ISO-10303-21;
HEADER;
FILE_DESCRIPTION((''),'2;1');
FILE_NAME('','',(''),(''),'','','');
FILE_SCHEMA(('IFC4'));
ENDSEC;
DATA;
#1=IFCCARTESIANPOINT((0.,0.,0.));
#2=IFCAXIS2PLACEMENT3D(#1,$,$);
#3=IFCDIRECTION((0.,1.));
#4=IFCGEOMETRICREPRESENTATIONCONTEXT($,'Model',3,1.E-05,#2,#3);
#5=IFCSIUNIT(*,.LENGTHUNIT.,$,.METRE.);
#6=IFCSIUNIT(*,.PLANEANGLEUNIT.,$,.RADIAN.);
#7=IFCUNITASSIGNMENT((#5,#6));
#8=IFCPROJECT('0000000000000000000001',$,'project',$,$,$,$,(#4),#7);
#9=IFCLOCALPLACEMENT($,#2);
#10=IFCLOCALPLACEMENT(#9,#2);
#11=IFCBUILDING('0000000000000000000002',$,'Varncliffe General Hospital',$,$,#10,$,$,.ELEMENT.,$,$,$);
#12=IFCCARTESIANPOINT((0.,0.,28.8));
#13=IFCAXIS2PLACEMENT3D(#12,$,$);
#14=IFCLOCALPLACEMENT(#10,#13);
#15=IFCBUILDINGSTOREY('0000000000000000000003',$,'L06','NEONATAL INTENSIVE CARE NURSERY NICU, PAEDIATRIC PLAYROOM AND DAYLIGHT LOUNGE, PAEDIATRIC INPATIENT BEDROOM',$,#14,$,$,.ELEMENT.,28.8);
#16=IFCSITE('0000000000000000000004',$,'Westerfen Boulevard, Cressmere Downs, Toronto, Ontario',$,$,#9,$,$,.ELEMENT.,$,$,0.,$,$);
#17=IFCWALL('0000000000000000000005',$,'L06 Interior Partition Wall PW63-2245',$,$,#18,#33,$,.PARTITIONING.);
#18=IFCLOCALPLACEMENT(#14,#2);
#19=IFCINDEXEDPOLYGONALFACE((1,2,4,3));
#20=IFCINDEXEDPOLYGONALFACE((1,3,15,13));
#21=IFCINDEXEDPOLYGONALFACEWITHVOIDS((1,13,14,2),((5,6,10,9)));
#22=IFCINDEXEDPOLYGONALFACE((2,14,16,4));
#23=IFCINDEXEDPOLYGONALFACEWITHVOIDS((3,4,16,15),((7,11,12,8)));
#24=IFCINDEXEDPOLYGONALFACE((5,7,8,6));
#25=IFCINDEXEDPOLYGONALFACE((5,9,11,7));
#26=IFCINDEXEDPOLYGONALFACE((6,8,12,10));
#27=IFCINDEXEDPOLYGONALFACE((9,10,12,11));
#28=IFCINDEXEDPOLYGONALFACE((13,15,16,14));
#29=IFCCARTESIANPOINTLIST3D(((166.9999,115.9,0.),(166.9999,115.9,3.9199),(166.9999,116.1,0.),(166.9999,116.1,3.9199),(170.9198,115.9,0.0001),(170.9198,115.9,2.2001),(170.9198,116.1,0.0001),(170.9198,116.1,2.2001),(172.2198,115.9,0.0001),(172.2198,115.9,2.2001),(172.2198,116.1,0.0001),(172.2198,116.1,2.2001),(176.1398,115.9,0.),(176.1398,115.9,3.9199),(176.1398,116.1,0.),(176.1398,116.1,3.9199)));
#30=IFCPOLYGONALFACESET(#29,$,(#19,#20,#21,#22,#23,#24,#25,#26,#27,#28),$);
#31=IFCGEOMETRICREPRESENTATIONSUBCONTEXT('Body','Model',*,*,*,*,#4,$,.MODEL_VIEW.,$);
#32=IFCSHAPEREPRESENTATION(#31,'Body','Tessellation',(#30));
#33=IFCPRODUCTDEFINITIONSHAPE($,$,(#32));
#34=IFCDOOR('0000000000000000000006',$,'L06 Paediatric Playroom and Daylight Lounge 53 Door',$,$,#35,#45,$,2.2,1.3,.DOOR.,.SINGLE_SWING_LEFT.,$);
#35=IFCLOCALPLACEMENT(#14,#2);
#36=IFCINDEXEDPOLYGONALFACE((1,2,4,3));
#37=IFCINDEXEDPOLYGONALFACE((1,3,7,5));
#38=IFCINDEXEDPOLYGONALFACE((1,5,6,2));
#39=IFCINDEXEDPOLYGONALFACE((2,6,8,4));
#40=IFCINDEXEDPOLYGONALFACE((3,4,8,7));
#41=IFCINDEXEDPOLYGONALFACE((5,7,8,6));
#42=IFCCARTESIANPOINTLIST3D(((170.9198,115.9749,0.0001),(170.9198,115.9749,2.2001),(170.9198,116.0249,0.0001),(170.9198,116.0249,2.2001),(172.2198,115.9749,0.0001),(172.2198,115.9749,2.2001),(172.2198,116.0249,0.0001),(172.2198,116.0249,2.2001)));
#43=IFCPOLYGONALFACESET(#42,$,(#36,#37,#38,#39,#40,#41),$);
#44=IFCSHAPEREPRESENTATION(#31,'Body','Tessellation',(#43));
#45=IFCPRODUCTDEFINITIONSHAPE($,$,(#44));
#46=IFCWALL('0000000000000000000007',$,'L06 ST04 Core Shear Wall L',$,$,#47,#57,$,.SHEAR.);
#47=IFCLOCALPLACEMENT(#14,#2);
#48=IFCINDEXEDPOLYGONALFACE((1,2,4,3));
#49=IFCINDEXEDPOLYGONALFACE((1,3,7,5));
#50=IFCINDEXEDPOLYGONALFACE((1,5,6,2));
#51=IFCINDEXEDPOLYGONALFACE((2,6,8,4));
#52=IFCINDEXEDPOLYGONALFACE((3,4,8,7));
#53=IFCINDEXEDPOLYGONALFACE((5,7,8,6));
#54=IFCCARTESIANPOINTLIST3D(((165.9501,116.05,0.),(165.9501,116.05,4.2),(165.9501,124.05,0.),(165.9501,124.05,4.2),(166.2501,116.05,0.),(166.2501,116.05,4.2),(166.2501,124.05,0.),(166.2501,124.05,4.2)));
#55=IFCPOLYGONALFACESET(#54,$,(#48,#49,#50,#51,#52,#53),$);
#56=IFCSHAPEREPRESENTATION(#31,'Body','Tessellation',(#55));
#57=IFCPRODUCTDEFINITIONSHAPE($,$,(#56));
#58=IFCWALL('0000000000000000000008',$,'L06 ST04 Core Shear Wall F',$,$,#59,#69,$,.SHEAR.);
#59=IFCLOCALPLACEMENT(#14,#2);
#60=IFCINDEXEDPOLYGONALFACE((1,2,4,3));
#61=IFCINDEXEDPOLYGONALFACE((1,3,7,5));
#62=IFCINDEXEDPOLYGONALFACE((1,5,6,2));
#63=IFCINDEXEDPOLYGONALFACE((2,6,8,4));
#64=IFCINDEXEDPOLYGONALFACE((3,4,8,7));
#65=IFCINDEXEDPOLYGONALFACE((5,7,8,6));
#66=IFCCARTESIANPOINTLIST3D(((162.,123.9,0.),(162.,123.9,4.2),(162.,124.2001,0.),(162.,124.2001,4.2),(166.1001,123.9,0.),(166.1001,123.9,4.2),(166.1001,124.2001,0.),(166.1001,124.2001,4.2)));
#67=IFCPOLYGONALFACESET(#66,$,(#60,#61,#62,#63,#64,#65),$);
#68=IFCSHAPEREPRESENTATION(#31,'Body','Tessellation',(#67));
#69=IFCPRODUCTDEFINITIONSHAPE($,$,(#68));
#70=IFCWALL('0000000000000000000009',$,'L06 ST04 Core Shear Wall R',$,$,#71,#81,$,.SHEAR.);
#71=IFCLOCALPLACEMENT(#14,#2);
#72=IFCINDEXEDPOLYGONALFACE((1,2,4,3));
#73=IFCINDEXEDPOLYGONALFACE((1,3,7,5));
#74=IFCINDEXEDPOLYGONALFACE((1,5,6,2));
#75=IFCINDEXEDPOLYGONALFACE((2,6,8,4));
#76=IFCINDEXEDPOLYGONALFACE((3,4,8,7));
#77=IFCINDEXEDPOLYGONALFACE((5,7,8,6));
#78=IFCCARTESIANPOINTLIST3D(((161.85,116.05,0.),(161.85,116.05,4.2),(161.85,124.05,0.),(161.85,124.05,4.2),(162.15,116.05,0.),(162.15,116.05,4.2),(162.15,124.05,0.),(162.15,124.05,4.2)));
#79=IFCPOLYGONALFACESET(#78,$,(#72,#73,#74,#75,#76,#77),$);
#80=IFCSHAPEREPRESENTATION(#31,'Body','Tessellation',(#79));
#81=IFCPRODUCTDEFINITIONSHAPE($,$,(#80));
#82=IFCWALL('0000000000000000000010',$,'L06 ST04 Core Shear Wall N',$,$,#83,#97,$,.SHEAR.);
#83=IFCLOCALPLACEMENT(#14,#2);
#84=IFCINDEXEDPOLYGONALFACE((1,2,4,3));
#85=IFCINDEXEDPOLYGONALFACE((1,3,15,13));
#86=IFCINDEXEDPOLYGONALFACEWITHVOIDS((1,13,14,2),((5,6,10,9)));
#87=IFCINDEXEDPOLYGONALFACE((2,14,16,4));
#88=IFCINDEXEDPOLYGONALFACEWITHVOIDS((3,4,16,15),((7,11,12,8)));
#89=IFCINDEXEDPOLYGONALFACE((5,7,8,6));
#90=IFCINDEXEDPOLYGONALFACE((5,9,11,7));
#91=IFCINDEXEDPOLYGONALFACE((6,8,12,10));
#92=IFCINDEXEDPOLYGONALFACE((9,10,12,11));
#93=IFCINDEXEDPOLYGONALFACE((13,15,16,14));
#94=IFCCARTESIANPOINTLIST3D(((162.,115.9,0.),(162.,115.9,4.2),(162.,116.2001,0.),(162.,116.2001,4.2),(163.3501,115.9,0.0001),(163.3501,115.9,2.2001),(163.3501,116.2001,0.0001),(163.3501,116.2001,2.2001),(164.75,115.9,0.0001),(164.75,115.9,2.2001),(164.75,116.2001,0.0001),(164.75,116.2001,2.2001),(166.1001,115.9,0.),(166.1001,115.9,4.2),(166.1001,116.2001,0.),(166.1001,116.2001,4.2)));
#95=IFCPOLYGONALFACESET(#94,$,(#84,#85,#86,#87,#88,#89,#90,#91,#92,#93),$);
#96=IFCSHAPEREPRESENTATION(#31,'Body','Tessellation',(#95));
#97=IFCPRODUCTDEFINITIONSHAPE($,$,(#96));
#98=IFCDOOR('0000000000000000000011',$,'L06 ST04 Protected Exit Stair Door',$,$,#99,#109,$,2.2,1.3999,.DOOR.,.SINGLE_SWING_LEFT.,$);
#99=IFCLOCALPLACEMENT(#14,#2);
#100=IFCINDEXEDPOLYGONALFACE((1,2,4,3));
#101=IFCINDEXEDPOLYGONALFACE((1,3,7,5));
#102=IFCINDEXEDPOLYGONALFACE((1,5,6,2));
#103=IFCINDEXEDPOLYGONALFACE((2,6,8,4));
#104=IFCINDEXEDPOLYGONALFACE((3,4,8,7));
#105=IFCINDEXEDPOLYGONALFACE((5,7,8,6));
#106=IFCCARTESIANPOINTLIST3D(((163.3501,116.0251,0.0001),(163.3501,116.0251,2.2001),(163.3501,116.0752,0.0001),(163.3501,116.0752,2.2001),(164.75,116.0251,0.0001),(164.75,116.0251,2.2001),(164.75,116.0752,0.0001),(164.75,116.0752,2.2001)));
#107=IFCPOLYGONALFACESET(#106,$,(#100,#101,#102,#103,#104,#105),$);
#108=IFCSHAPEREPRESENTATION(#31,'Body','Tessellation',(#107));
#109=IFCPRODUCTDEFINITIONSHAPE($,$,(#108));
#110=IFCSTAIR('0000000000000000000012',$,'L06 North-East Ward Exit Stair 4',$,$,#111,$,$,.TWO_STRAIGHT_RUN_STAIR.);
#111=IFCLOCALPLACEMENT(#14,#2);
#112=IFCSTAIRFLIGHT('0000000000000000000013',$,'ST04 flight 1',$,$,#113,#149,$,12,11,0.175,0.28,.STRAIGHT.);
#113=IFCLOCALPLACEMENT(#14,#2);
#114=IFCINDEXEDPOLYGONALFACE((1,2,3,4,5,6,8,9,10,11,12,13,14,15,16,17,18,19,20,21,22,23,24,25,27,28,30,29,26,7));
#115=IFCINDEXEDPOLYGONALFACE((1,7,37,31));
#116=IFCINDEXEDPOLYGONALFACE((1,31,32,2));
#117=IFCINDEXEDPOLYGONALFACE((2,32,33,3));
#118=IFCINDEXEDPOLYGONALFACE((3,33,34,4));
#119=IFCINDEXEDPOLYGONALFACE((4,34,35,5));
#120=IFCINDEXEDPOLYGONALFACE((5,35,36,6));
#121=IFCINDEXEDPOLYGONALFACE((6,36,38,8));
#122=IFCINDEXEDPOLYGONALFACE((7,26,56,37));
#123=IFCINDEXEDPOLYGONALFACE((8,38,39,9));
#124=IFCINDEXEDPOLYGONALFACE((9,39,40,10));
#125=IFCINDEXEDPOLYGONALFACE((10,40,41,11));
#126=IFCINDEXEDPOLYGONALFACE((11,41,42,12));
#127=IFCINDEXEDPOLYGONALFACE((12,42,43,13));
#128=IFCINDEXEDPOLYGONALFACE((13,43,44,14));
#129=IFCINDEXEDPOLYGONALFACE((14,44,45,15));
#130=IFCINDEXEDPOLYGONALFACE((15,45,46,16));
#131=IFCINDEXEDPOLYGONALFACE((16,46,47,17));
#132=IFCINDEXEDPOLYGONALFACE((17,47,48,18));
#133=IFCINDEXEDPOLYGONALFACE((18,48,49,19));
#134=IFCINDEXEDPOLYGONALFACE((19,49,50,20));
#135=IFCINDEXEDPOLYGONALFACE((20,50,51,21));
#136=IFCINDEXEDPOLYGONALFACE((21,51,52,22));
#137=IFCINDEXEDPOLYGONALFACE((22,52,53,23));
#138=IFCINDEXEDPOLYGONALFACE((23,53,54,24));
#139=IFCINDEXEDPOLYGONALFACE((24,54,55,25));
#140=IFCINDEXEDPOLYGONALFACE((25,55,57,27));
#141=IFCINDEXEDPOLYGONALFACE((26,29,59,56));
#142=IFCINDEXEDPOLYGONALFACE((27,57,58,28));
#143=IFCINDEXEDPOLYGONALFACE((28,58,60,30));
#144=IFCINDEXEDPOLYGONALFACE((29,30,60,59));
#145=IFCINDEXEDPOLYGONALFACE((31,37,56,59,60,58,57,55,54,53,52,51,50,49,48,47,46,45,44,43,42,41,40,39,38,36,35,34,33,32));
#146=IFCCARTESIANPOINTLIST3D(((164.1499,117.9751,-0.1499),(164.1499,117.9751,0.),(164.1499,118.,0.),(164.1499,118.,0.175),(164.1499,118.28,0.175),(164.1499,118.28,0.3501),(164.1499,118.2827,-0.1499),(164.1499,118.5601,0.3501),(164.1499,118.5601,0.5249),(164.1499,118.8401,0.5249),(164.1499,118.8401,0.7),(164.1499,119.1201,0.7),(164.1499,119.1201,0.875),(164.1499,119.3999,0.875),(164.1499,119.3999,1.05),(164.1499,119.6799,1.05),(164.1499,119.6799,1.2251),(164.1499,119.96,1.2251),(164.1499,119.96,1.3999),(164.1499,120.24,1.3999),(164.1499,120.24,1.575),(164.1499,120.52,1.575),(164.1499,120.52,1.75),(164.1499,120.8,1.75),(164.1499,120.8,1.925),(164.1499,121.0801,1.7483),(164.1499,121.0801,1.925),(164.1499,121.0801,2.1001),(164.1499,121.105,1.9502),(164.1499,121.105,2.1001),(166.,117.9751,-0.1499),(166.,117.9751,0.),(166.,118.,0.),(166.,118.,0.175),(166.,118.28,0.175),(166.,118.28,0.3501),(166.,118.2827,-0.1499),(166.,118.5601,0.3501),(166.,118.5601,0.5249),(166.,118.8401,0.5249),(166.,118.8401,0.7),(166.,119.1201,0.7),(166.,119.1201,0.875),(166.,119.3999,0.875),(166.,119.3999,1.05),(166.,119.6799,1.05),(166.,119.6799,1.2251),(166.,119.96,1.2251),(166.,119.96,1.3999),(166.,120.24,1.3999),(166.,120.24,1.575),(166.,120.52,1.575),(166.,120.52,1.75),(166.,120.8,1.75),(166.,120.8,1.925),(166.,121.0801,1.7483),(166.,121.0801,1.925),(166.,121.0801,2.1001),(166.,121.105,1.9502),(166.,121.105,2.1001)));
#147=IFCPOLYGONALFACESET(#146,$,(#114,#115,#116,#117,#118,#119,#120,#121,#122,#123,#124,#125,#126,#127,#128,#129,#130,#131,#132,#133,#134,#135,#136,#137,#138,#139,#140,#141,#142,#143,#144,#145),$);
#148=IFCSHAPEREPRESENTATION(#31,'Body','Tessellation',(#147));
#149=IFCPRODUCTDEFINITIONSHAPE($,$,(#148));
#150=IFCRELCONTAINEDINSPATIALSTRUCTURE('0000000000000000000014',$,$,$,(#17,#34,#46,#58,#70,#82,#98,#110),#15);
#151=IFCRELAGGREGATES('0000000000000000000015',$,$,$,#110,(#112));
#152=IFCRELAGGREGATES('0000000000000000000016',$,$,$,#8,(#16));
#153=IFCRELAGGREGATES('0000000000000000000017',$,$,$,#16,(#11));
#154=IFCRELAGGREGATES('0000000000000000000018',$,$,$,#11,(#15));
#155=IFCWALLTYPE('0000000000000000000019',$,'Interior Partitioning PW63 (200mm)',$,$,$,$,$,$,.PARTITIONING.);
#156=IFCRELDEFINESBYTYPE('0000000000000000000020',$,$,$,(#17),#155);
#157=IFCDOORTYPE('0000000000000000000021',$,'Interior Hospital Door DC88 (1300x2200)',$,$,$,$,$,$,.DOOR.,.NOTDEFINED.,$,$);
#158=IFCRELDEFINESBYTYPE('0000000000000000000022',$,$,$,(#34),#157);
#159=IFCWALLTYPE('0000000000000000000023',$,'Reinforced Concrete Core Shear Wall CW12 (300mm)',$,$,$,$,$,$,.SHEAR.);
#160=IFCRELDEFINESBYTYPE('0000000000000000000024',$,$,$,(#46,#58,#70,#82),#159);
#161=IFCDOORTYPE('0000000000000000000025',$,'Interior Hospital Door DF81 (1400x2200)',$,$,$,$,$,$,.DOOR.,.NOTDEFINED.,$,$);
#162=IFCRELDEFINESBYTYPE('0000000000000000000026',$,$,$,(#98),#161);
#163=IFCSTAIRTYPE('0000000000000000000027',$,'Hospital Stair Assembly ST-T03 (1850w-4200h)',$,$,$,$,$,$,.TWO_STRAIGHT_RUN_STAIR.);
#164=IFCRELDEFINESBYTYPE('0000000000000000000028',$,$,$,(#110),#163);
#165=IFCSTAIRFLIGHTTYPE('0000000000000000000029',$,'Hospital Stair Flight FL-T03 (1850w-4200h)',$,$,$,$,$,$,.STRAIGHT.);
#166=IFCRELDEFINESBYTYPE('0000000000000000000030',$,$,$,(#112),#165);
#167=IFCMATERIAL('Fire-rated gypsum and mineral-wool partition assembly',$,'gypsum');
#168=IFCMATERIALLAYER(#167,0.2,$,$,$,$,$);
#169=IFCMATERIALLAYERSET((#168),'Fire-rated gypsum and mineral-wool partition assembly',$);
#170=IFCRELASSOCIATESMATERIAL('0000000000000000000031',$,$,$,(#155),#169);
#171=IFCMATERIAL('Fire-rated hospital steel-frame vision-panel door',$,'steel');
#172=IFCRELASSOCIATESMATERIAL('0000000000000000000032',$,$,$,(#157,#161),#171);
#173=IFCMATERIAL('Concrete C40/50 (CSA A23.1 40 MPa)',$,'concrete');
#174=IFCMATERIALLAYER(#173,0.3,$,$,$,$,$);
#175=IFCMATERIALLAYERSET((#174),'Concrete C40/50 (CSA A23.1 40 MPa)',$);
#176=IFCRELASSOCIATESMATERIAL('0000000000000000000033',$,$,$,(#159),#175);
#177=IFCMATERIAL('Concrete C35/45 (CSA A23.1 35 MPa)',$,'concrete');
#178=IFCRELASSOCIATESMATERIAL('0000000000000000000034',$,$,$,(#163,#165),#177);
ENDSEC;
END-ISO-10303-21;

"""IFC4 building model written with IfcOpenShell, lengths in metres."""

from ifc_helpers import new_model, si_unit, direction, frame, frame_2d, origin, place, context, subcontext, project, spatial, polyline, rectangle, outline, extrude, material, layer, layer_set, type_object, element, fill, aggregate, save


model = new_model("IFC4")

# Units and contexts
model_context = context("Model", 3, precision=1e-05, world=origin(), true_north=direction((0.0, 1.0)))
body_context = subcontext(model_context, "Body", "Model", "MODEL_VIEW")
ifc_project = project(units=[si_unit("LENGTHUNIT", "METRE"), si_unit("PLANEANGLEUNIT", "RADIAN")], contexts=[model_context])

# Site, building, storey
site_placement = place(None, origin())
site = spatial("IfcSite", under=ifc_project, at=site_placement, Name="Westerfen Boulevard, Cressmere Downs, Toronto, Ontario", CompositionType="ELEMENT", RefElevation=0.0)
building_placement = place(site_placement, origin())
building = spatial("IfcBuilding", under=site, at=building_placement, Name="Varncliffe General Hospital", CompositionType="ELEMENT")
storey_placement = place(building_placement, frame((0.0, 0.0, 28.8)))
storey = spatial("IfcBuildingStorey", under=building, at=storey_placement, Name="L06", Description="NEONATAL INTENSIVE CARE NURSERY NICU, PAEDIATRIC PLAYROOM AND DAYLIGHT LOUNGE, PAEDIATRIC INPATIENT BEDROOM", CompositionType="ELEMENT", Elevation=28.8)

# Shared definitions
ifc_material_1 = material(Name="Concrete C40/50 (CSA A23.1 40 MPa)", Category="concrete")

# Shared definitions
ifc_material_2 = material(Name="Concrete C35/45 (CSA A23.1 35 MPa)", Category="concrete")

# Wall, opening, door
ifc_material_3 = material(Name="Fire-rated gypsum and mineral-wool partition assembly", Category="gypsum")
ifc_layer_1 = layer(ifc_material_3, 0.2)
ifc_layer_set_1 = layer_set([ifc_layer_1], Name="Fire-rated gypsum and mineral-wool partition assembly")
wall_type_1 = type_object("IfcWallType", Name="Interior Partitioning PW63 (200mm)", PredefinedType="PARTITIONING", material=ifc_layer_set_1)
ifc_material_4 = material(Name="Fire-rated hospital steel-frame vision-panel door", Category="steel")
wall_1_placement = place(storey_placement, frame((167.0, 116.0, 0.0), z_axis=(0.0, 0.0, 1.0), x_axis=(1.0, 0.0, 0.0)))
wall_1 = element("IfcWall", 1, at=wall_1_placement, inside=storey, type_object=wall_type_1, Name="L06 Interior Partition Wall PW63-2245", PredefinedType="PARTITIONING", context=body_context, shape_type="SweptSolid", body=[
    extrude(rectangle(XDim=9.1399, YDim=0.2, at=frame_2d((4.5698, 0.0))), origin(), (0.0, 0.0, 1.0), 3.9199),
])
opening_1_placement = place(wall_1_placement, frame((3.9199, 0.0, 0.0)))
opening_1 = element("IfcOpeningElement", 2, at=opening_1_placement, cuts=wall_1, PredefinedType="OPENING", context=body_context, shape_type="SweptSolid", body=[
    extrude(rectangle(XDim=1.3, YDim=2.2, at=frame_2d((0.6499, 1.1001))), frame((0.0, 0.1099, 0.0), z_axis=(0.0, -1.0, 0.0), x_axis=(1.0, 0.0, 0.0)), (0.0, 0.0, 1.0), 0.22),
])
door_type_1 = type_object("IfcDoorType", Name="Interior Hospital Door DC88 (1300x2200)", OperationType="NOTDEFINED", PredefinedType="DOOR", material=ifc_material_4)
door_1_placement = place(opening_1_placement, origin())
door_1 = element("IfcDoor", 3, at=door_1_placement, inside=storey, type_object=door_type_1, Name="L06 Paediatric Playroom and Daylight Lounge 53 Door", OperationType="SINGLE_SWING_LEFT", OverallHeight=2.2, OverallWidth=1.3, PredefinedType="DOOR", context=body_context, shape_type="SweptSolid", body=[
    extrude(rectangle(XDim=1.3, YDim=2.2, at=frame_2d((0.6499, 1.1001))), frame((0.0, 0.0249, 0.0), z_axis=(0.0, -1.0, 0.0), x_axis=(1.0, 0.0, 0.0)), (0.0, 0.0, 1.0), 0.05),
])
fill(opening_1, door_1)

# Walls
ifc_layer_2 = layer(ifc_material_1, 0.3)
ifc_layer_set_2 = layer_set([ifc_layer_2], Name="Concrete C40/50 (CSA A23.1 40 MPa)")
wall_type_2 = type_object("IfcWallType", Name="Reinforced Concrete Core Shear Wall CW12 (300mm)", PredefinedType="SHEAR", material=ifc_layer_set_2)
wall_2_placement = place(storey_placement, frame((166.1001, 116.05, 0.0), z_axis=(0.0, 0.0, 1.0), x_axis=(0.0, 1.0, 0.0)))
element("IfcWall", 4, at=wall_2_placement, inside=storey, type_object=wall_type_2, Name="L06 ST04 Core Shear Wall L", PredefinedType="SHEAR", context=body_context, shape_type="SweptSolid", body=[
    extrude(rectangle(XDim=8.0, YDim=0.3, at=frame_2d((4.0, 0.0))), origin(), (0.0, 0.0, 1.0), 4.2),
])
wall_3_placement = place(storey_placement, frame((166.1001, 124.05, 0.0), z_axis=(0.0, 0.0, 1.0), x_axis=(-1.0, 0.0, 0.0)))
element("IfcWall", 5, at=wall_3_placement, inside=storey, type_object=wall_type_2, Name="L06 ST04 Core Shear Wall F", PredefinedType="SHEAR", context=body_context, shape_type="SweptSolid", body=[
    extrude(rectangle(XDim=4.1001, YDim=0.3, at=frame_2d((2.05, 0.0))), origin(), (0.0, 0.0, 1.0), 4.2),
])
wall_4_placement = place(storey_placement, frame((162.0, 124.05, 0.0), z_axis=(0.0, 0.0, 1.0), x_axis=(0.0, -1.0, 0.0)))
element("IfcWall", 6, at=wall_4_placement, inside=storey, type_object=wall_type_2, Name="L06 ST04 Core Shear Wall R", PredefinedType="SHEAR", context=body_context, shape_type="SweptSolid", body=[
    extrude(rectangle(XDim=8.0, YDim=0.3, at=frame_2d((4.0, 0.0))), origin(), (0.0, 0.0, 1.0), 4.2),
])

# Wall, opening, door
wall_5_placement = place(storey_placement, frame((162.0, 116.05, 0.0), z_axis=(0.0, 0.0, 1.0), x_axis=(1.0, 0.0, 0.0)))
wall_5 = element("IfcWall", 7, at=wall_5_placement, inside=storey, type_object=wall_type_2, Name="L06 ST04 Core Shear Wall N", PredefinedType="SHEAR", context=body_context, shape_type="SweptSolid", body=[
    extrude(rectangle(XDim=4.1001, YDim=0.3, at=frame_2d((2.05, 0.0))), origin(), (0.0, 0.0, 1.0), 4.2),
])
opening_2_placement = place(wall_5_placement, frame((1.3501, 0.0, 0.0)))
opening_2 = element("IfcOpeningElement", 8, at=opening_2_placement, cuts=wall_5, PredefinedType="OPENING", context=body_context, shape_type="SweptSolid", body=[
    extrude(rectangle(XDim=1.3999, YDim=2.2, at=frame_2d((0.7, 1.1001))), frame((0.0, 0.1602, 0.0), z_axis=(0.0, -1.0, 0.0), x_axis=(1.0, 0.0, 0.0)), (0.0, 0.0, 1.0), 0.3201),
])
door_type_2 = type_object("IfcDoorType", Name="Interior Hospital Door DF81 (1400x2200)", OperationType="NOTDEFINED", PredefinedType="DOOR", material=ifc_material_4)
door_2_placement = place(opening_2_placement, frame((1.3999, 0.0, 0.0), z_axis=(0.0, 0.0, 1.0), x_axis=(-1.0, 0.0, 0.0)))
door_2 = element("IfcDoor", 9, at=door_2_placement, inside=storey, type_object=door_type_2, Name="L06 ST04 Protected Exit Stair Door", OperationType="SINGLE_SWING_LEFT", OverallHeight=2.2, OverallWidth=1.3999, PredefinedType="DOOR", context=body_context, shape_type="SweptSolid", body=[
    extrude(rectangle(XDim=1.3999, YDim=2.2, at=frame_2d((0.7, 1.1001))), frame((0.0, 0.0249, 0.0), z_axis=(0.0, -1.0, 0.0), x_axis=(1.0, 0.0, 0.0)), (0.0, 0.0, 1.0), 0.05),
])
fill(opening_2, door_2)

# Stair, stair flight
stair_type = type_object("IfcStairType", Name="Hospital Stair Assembly ST-T03 (1850w-4200h)", PredefinedType="TWO_STRAIGHT_RUN_STAIR", material=ifc_material_2)
stair_placement = place(storey_placement, origin())
stair = element("IfcStair", 10, at=stair_placement, inside=storey, type_object=stair_type, Name="L06 North-East Ward Exit Stair 4", PredefinedType="TWO_STRAIGHT_RUN_STAIR")
stair_flight_type = type_object("IfcStairFlightType", Name="Hospital Stair Flight FL-T03 (1850w-4200h)", PredefinedType="STRAIGHT", material=ifc_material_2)
stair_flight_1_placement = place(storey_placement, frame((165.075, 118.0, 0.0), z_axis=(0.0, 0.0, 1.0), x_axis=(0.0, 1.0, 0.0)))
stair_flight_1 = element("IfcStairFlight", 11, at=stair_flight_1_placement, type_object=stair_flight_type, Name="ST04 flight 1", NumberOfRisers=12, NumberOfTreads=11, PredefinedType="STRAIGHT", RiserHeight=0.175, TreadLength=0.28, context=body_context, shape_type="SweptSolid", body=[
    extrude(outline(polyline([(-0.0249, -0.1499), (-0.0249, 0.0), (0.0, 0.0), (0.0, 0.175), (0.28, 0.175), (0.28, 0.3501), (0.5601, 0.3501), (0.5601, 0.5249), (0.8401, 0.5249), (0.8401, 0.7), (1.1201, 0.7), (1.1201, 0.875), (1.3999, 0.875), (1.3999, 1.05), (1.6799, 1.05), (1.6799, 1.2251), (1.96, 1.2251), (1.96, 1.3999), (2.24, 1.3999), (2.24, 1.575), (2.52, 1.575), (2.52, 1.75), (2.8, 1.75), (2.8, 1.925), (3.0801, 1.925), (3.0801, 2.1001), (3.105, 2.1001), (3.105, 1.9502), (3.0801, 1.7483), (0.2827, -0.1499), (-0.0249, -0.1499)])), frame((0.0, 0.925, 0.0), z_axis=(0.0, -1.0, 0.0), x_axis=(1.0, 0.0, 0.0)), (0.0, 0.0, 1.0), 1.8501),
])
aggregate(stair, [stair_flight_1])

save(model, "model.ifc")
